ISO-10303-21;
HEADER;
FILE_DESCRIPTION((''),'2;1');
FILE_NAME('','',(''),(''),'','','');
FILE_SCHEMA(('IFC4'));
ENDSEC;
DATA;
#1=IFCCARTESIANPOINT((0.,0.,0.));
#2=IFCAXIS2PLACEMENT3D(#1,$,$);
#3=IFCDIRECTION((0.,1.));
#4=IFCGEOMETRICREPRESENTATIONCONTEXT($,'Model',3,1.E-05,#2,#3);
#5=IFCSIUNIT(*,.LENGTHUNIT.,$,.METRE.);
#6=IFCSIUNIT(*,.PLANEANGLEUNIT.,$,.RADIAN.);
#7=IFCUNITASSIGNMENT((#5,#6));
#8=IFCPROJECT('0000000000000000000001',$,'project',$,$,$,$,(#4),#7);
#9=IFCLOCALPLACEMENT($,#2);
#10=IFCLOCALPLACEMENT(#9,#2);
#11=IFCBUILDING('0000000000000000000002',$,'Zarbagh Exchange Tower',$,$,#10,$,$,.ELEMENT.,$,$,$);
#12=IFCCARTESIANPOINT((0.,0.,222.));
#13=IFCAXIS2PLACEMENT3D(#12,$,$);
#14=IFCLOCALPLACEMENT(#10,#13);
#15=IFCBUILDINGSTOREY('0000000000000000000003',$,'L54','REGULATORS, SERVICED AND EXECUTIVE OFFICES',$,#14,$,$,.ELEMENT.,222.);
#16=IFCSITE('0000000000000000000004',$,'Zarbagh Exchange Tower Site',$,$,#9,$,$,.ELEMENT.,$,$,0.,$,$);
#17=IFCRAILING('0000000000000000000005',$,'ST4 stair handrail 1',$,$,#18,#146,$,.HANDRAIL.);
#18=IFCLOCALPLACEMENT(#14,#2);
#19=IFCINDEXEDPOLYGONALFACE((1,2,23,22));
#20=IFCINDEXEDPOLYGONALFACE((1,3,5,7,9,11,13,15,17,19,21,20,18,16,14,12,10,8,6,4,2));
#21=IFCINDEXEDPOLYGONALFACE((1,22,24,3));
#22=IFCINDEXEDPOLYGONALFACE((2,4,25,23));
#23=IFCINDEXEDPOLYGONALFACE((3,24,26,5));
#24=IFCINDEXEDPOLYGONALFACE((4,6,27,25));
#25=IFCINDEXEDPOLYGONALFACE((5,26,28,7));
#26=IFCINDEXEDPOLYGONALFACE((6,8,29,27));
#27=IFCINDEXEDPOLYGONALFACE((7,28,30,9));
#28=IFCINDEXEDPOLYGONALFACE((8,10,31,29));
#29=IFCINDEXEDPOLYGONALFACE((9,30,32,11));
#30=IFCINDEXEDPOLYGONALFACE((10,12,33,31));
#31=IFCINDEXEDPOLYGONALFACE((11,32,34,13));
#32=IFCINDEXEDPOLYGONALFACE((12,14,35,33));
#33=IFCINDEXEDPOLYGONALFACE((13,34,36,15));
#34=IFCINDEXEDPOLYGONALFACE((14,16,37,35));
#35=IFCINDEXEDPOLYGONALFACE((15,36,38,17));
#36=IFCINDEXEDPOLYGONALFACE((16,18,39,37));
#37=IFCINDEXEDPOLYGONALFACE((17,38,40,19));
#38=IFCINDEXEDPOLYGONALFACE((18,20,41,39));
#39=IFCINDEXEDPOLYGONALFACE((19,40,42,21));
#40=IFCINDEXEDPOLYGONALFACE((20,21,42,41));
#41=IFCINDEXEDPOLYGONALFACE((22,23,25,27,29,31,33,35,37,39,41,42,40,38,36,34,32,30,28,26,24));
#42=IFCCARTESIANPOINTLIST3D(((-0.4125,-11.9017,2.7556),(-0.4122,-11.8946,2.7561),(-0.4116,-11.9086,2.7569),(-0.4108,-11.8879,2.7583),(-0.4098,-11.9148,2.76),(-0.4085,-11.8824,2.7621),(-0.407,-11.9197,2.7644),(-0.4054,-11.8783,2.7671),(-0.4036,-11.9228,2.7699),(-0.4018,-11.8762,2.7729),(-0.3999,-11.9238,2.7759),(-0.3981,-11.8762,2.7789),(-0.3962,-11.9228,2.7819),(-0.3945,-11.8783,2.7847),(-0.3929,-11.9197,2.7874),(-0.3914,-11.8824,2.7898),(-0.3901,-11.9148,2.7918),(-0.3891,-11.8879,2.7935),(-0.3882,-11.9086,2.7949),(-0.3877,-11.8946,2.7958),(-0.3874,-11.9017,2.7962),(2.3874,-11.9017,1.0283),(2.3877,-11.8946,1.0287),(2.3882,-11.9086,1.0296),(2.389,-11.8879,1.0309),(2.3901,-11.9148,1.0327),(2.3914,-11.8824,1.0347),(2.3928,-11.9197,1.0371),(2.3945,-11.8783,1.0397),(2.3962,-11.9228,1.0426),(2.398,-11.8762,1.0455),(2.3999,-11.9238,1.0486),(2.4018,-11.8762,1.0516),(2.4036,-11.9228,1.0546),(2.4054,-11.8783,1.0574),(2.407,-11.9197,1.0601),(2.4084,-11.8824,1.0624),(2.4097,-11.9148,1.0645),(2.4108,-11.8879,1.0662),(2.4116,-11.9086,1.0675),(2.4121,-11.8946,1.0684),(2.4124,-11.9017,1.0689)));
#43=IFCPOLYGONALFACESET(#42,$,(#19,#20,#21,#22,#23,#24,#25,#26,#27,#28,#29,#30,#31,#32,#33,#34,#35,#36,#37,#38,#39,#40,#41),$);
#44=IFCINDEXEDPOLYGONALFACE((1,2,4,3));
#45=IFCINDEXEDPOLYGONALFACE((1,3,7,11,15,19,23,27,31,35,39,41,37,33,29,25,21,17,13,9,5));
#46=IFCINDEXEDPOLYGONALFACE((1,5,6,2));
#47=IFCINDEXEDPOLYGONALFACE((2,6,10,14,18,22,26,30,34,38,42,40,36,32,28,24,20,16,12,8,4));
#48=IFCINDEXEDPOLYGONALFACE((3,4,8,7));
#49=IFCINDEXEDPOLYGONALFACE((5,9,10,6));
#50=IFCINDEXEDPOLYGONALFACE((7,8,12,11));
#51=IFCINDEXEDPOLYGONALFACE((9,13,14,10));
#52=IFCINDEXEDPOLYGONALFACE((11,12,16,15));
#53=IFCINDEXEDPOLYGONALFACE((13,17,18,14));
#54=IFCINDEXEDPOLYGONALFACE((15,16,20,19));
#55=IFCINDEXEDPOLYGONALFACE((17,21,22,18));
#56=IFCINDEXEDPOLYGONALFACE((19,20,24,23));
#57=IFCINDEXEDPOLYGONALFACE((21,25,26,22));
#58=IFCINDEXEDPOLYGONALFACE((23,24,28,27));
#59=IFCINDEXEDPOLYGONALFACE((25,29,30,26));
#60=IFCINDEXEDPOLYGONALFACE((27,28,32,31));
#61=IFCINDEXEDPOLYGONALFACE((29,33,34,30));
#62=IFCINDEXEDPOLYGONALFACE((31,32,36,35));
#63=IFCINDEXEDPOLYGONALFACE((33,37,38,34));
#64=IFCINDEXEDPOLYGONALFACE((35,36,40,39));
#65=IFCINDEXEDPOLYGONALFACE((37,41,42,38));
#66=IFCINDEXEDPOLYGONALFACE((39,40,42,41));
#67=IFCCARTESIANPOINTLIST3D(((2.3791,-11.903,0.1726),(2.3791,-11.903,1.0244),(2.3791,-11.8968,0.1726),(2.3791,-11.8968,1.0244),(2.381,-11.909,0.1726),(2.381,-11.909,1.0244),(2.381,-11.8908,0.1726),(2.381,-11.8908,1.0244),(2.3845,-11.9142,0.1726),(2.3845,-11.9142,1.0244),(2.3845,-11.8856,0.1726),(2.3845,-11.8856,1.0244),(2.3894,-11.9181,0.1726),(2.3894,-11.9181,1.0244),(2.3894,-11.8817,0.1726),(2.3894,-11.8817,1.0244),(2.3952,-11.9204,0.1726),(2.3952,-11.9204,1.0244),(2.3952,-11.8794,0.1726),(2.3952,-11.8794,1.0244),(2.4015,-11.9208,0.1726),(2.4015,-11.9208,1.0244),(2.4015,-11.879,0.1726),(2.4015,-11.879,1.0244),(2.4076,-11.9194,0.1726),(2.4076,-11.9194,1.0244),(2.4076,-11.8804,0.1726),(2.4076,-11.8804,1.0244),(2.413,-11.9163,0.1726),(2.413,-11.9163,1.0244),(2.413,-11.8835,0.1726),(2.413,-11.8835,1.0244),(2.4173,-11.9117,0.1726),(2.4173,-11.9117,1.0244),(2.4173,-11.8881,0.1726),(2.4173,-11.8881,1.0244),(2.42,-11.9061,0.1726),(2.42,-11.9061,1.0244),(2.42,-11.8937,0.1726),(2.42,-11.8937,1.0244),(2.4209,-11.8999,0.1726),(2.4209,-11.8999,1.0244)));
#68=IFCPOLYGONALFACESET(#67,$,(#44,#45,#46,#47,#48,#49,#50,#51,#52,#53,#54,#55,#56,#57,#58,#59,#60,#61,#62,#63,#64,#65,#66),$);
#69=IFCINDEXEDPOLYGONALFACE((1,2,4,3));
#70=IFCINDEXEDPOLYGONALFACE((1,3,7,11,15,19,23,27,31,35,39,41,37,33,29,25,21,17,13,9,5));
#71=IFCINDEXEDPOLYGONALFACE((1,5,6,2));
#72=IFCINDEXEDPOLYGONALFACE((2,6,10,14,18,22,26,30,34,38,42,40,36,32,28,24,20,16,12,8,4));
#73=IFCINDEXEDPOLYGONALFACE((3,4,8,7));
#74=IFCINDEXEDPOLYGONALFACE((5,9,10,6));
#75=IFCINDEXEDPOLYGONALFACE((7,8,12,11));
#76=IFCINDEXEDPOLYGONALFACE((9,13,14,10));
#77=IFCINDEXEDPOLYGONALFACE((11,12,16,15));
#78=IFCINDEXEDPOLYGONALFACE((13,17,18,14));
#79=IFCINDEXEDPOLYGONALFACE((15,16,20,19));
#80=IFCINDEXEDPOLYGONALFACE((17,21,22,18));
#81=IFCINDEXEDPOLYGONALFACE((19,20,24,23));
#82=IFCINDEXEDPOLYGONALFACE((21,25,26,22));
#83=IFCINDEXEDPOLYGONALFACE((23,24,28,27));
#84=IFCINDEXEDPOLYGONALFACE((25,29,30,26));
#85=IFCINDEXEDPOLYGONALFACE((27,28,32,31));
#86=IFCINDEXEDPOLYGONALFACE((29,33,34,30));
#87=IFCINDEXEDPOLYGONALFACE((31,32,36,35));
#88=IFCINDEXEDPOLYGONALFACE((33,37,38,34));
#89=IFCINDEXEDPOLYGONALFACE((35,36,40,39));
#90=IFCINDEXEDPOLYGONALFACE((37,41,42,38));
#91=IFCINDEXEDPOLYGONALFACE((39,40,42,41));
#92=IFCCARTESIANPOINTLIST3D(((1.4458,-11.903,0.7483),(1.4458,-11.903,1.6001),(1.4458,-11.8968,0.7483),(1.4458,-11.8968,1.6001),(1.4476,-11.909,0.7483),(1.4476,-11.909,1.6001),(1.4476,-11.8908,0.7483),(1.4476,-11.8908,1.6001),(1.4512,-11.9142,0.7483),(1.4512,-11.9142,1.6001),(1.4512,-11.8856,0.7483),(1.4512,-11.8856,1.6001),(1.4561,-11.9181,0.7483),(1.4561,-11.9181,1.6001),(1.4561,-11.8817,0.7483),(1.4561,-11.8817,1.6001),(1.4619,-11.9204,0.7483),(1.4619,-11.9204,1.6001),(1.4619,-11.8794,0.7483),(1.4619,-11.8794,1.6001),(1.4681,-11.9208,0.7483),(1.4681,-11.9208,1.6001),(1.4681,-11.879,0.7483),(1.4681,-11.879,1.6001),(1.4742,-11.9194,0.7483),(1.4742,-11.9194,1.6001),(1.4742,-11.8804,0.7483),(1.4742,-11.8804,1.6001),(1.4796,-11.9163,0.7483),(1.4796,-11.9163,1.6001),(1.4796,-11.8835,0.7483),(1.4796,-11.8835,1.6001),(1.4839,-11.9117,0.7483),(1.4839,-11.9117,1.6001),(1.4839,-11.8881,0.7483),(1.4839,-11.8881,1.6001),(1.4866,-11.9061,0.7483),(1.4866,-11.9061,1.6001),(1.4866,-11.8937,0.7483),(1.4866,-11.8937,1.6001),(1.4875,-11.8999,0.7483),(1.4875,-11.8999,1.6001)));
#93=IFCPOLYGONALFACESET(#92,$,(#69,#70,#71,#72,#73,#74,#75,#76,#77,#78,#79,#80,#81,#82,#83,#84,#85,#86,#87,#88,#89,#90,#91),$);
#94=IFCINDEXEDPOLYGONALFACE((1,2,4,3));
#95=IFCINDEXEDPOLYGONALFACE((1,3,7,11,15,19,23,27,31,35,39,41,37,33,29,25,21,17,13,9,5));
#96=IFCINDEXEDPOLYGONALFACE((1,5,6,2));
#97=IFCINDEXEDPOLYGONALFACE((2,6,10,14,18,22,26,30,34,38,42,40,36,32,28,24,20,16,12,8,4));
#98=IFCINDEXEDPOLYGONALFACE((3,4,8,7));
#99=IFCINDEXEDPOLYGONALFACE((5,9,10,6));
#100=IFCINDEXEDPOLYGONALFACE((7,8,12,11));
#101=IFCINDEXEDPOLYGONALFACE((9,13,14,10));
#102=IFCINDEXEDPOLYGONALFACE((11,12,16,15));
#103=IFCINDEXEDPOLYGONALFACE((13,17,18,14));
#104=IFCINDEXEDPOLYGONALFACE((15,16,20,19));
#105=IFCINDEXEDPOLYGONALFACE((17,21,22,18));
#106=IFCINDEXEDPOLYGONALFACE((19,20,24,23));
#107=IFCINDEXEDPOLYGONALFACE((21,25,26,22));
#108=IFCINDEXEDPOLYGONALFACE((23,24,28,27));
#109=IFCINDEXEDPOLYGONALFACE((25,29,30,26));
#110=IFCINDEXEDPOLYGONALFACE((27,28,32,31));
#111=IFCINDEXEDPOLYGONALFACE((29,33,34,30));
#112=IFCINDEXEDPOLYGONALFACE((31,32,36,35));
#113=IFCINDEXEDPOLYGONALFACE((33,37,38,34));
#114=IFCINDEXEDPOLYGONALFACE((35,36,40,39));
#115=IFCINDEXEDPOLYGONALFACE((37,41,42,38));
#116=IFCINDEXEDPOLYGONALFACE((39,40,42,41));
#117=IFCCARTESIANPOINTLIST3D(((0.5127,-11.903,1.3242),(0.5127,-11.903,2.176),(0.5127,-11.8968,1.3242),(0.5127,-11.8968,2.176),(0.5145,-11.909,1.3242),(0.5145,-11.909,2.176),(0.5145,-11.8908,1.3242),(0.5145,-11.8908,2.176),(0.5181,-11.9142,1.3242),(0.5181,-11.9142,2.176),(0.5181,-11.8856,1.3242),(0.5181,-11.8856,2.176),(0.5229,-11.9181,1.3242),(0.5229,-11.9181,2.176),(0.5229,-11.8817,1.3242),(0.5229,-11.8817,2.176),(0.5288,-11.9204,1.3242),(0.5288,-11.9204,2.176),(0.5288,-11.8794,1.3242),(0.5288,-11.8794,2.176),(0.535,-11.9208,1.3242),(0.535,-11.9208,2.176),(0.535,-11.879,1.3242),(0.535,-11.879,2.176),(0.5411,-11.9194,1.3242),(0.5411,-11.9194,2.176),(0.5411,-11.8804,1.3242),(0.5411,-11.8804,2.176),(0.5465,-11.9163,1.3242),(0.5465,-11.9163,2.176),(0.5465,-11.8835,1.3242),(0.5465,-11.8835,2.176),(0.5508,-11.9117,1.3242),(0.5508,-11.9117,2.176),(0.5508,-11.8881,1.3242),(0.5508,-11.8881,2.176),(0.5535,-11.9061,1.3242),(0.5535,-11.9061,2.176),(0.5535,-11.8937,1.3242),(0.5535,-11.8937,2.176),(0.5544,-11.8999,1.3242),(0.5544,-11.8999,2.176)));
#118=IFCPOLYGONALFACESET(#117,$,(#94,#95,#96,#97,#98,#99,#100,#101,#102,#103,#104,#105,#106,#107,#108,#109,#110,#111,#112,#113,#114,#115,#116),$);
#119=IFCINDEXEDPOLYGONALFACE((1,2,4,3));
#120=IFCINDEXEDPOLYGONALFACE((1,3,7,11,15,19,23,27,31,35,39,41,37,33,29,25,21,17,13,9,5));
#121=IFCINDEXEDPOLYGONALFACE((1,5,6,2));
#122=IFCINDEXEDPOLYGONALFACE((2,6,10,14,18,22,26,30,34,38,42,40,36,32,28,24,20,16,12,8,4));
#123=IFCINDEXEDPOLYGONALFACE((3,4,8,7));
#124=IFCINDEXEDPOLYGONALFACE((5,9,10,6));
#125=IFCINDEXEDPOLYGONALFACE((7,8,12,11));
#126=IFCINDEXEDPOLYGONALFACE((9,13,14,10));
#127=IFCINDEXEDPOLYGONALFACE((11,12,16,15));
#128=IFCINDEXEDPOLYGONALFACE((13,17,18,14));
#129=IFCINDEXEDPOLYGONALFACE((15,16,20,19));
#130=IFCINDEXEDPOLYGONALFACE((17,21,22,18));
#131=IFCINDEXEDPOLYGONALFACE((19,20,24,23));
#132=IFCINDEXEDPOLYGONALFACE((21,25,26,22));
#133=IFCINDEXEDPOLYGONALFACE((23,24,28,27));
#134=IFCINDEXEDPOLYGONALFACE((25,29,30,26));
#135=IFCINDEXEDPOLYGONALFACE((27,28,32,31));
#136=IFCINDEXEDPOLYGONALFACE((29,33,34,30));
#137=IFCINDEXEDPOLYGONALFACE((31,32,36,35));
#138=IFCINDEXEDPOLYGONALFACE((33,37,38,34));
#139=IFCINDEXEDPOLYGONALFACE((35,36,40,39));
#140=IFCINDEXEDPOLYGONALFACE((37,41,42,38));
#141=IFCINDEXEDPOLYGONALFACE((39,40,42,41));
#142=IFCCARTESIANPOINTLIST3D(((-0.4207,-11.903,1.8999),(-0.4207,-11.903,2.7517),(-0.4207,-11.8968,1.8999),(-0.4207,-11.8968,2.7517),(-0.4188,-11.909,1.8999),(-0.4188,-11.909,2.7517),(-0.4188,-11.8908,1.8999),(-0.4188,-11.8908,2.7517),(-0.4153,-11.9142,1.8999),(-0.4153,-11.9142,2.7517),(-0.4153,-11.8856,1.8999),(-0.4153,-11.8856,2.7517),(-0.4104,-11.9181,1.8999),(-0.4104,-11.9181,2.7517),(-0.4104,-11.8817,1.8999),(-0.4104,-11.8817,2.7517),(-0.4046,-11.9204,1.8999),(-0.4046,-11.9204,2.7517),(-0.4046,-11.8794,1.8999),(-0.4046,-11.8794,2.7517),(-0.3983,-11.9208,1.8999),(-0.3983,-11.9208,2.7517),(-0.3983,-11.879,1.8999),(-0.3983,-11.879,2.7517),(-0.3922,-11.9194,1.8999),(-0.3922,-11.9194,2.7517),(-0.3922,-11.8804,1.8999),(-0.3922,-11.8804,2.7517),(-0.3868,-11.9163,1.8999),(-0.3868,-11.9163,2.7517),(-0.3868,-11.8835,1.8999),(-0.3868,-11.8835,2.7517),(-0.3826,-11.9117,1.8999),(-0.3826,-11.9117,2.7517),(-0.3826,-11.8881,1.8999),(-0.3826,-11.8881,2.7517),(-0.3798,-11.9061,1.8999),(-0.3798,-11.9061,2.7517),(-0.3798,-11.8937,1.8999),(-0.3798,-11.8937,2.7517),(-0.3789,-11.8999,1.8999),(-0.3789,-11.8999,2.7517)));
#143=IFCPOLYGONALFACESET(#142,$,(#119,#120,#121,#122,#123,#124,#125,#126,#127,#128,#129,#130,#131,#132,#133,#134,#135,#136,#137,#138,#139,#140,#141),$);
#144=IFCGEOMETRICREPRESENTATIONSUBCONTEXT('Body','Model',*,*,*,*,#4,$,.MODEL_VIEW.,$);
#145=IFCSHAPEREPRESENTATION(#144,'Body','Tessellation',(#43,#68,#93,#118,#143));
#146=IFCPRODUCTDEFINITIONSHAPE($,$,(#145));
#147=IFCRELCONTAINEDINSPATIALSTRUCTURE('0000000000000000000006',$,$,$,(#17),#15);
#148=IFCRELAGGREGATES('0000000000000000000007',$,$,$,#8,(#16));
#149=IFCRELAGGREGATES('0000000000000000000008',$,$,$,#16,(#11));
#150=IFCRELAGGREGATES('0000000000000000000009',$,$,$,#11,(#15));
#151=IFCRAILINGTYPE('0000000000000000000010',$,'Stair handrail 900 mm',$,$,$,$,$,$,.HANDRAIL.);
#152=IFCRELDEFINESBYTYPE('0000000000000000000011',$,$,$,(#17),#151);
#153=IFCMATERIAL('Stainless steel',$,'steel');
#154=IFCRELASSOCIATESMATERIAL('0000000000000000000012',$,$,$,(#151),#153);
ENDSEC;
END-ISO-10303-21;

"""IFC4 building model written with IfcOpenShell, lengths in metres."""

from ifc_helpers import new_model, si_unit, direction, frame, origin, origin_2d, place, context, subcontext, project, spatial, circle, extrude, material, type_object, element, save


model = new_model("IFC4")

# Units and contexts
model_context = context("Model", 3, precision=1e-05, world=origin(), true_north=direction((0.0, 1.0)))
body_context = subcontext(model_context, "Body", "Model", "MODEL_VIEW")
ifc_project = project(units=[si_unit("LENGTHUNIT", "METRE"), si_unit("PLANEANGLEUNIT", "RADIAN")], contexts=[model_context])

# Site, building, storey
site_placement = place(None, origin())
site = spatial("IfcSite", under=ifc_project, at=site_placement, Name="Zarbagh Exchange Tower Site", CompositionType="ELEMENT", RefElevation=0.0)
building_placement = place(site_placement, origin())
building = spatial("IfcBuilding", under=site, at=building_placement, Name="Zarbagh Exchange Tower", CompositionType="ELEMENT")
storey_placement = place(building_placement, frame((0.0, 0.0, 222.0)))
storey = spatial("IfcBuildingStorey", under=building, at=storey_placement, Name="L54", Description="REGULATORS, SERVICED AND EXECUTIVE OFFICES", CompositionType="ELEMENT", Elevation=222.0)

# Shared definitions
ifc_material_1 = material(Name="Stainless steel", Category="steel")

# Railing
railing_type_1 = type_object("IfcRailingType", Name="Stair handrail 900 mm", PredefinedType="HANDRAIL", material=ifc_material_1)
railing_1_placement = place(storey_placement, frame((2.3999, -11.8999, 0.1726)))
element("IfcRailing", 1, at=railing_1_placement, inside=storey, type_object=railing_type_1, Name="ST4 stair handrail 1", PredefinedType="HANDRAIL", context=body_context, shape_type="SweptSolid", body=[
    extrude(circle(Radius=0.0239, at=origin_2d()), frame((0.0, 0.0, 0.876), z_axis=(-0.851069, 0.0, 0.525054), x_axis=(0.0, -1.0, 0.0)), (0.0, 0.0, 1.0), 3.2898),
    extrude(circle(Radius=0.021, at=origin_2d()), origin(), (0.0, 0.0, 1.0), 0.8518),
    extrude(circle(Radius=0.021, at=origin_2d()), frame((-0.9333, 0.0, 0.5757)), (0.0, 0.0, 1.0), 0.8518),
    extrude(circle(Radius=0.021, at=origin_2d()), frame((-1.8665, 0.0, 1.1516)), (0.0, 0.0, 1.0), 0.8518),
    extrude(circle(Radius=0.021, at=origin_2d()), frame((-2.7998, 0.0, 1.7273)), (0.0, 0.0, 1.0), 0.8518),
])

save(model, "model.ifc")
